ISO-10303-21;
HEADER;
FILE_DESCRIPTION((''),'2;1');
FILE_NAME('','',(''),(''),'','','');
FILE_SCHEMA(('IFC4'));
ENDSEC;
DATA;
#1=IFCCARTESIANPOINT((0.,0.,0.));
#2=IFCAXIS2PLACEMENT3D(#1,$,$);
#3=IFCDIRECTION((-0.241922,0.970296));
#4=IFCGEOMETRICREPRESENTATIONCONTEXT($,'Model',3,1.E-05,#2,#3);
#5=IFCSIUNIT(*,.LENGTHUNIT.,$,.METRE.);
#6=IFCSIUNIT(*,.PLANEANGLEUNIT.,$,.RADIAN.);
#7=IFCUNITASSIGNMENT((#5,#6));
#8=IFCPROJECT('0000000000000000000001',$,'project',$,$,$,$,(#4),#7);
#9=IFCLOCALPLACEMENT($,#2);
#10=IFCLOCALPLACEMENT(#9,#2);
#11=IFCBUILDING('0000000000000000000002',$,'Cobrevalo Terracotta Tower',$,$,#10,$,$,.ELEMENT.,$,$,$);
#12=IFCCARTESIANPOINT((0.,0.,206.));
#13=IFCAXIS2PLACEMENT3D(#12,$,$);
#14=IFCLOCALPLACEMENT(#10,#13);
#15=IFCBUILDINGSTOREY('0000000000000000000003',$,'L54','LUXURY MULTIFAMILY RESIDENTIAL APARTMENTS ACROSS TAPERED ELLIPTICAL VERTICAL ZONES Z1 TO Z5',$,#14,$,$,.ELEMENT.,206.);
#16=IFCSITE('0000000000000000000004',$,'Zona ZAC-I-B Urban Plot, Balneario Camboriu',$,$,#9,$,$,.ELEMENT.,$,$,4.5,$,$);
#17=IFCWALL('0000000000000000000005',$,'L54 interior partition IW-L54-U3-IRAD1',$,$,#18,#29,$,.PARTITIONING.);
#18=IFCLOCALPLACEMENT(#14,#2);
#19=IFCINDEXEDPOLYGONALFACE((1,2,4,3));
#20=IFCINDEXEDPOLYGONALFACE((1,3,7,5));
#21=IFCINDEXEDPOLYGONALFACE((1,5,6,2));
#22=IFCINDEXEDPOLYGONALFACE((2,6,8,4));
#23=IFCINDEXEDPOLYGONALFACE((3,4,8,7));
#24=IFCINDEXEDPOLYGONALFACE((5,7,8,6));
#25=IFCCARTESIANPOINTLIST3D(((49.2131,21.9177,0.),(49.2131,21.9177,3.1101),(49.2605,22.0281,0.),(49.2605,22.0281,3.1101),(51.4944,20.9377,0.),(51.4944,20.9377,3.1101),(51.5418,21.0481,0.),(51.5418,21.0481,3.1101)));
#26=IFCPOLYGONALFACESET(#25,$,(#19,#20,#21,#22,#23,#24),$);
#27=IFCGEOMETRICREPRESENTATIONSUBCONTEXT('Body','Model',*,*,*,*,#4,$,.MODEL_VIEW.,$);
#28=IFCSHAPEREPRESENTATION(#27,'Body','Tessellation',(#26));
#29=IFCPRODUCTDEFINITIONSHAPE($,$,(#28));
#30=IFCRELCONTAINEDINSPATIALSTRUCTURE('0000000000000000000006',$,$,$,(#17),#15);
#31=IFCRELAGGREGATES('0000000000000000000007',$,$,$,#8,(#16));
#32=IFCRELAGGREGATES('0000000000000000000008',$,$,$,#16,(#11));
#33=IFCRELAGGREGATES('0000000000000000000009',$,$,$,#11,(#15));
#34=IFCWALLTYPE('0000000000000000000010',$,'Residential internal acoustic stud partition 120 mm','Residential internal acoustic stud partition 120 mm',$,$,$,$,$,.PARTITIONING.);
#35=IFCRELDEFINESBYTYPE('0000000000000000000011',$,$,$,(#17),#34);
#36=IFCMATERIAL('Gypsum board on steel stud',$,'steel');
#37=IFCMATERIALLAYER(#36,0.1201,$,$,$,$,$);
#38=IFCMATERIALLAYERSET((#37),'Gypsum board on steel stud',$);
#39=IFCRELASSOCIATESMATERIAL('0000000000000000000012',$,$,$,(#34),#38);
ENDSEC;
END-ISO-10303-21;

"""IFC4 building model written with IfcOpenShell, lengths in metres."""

from ifc_helpers import new_model, si_unit, direction, frame, frame_2d, origin, place, context, subcontext, project, spatial, rectangle, extrude, material, layer, layer_set, type_object, element, save


model = new_model("IFC4")

# Units and contexts
model_context = context("Model", 3, precision=1e-05, world=origin(), true_north=direction((-0.241922, 0.970296)))
body_context = subcontext(model_context, "Body", "Model", "MODEL_VIEW")
ifc_project = project(units=[si_unit("LENGTHUNIT", "METRE"), si_unit("PLANEANGLEUNIT", "RADIAN")], contexts=[model_context])

# Site, building, storey
site_placement = place(None, origin())
site = spatial("IfcSite", under=ifc_project, at=site_placement, Name="Zona ZAC-I-B Urban Plot, Balneario Camboriu", CompositionType="ELEMENT", RefElevation=4.5)
building_placement = place(site_placement, origin())
building = spatial("IfcBuilding", under=site, at=building_placement, Name="Cobrevalo Terracotta Tower", CompositionType="ELEMENT")
storey_placement = place(building_placement, frame((0.0, 0.0, 206.0)))
storey = spatial("IfcBuildingStorey", under=building, at=storey_placement, Name="L54", Description="LUXURY MULTIFAMILY RESIDENTIAL APARTMENTS ACROSS TAPERED ELLIPTICAL VERTICAL ZONES Z1 TO Z5", CompositionType="ELEMENT", Elevation=206.0)

# Shared definitions
ifc_material_1 = material(Name="Gypsum board on steel stud", Category="steel")

# Wall
ifc_layer_1 = layer(ifc_material_1, 0.1201)
ifc_layer_set_1 = layer_set([ifc_layer_1], Name="Gypsum board on steel stud")
wall_type_1 = type_object("IfcWallType", Name="Residential internal acoustic stud partition 120 mm", Description="Residential internal acoustic stud partition 120 mm", PredefinedType="PARTITIONING", material=ifc_layer_set_1)
wall_1_placement = place(storey_placement, frame((49.2368, 21.9729, 0.0), z_axis=(0.0, 0.0, 1.0), x_axis=(0.918809, -0.394702, 0.0)))
element("IfcWall", 1, at=wall_1_placement, inside=storey, type_object=wall_type_1, Name="L54 interior partition IW-L54-U3-IRAD1", PredefinedType="PARTITIONING", context=body_context, shape_type="SweptSolid", body=[
    extrude(rectangle(XDim=2.4829, YDim=0.1201, at=frame_2d((1.2415, 0.0))), origin(), (0.0, 0.0, 1.0), 3.1101),
])

save(model, "model.ifc")
